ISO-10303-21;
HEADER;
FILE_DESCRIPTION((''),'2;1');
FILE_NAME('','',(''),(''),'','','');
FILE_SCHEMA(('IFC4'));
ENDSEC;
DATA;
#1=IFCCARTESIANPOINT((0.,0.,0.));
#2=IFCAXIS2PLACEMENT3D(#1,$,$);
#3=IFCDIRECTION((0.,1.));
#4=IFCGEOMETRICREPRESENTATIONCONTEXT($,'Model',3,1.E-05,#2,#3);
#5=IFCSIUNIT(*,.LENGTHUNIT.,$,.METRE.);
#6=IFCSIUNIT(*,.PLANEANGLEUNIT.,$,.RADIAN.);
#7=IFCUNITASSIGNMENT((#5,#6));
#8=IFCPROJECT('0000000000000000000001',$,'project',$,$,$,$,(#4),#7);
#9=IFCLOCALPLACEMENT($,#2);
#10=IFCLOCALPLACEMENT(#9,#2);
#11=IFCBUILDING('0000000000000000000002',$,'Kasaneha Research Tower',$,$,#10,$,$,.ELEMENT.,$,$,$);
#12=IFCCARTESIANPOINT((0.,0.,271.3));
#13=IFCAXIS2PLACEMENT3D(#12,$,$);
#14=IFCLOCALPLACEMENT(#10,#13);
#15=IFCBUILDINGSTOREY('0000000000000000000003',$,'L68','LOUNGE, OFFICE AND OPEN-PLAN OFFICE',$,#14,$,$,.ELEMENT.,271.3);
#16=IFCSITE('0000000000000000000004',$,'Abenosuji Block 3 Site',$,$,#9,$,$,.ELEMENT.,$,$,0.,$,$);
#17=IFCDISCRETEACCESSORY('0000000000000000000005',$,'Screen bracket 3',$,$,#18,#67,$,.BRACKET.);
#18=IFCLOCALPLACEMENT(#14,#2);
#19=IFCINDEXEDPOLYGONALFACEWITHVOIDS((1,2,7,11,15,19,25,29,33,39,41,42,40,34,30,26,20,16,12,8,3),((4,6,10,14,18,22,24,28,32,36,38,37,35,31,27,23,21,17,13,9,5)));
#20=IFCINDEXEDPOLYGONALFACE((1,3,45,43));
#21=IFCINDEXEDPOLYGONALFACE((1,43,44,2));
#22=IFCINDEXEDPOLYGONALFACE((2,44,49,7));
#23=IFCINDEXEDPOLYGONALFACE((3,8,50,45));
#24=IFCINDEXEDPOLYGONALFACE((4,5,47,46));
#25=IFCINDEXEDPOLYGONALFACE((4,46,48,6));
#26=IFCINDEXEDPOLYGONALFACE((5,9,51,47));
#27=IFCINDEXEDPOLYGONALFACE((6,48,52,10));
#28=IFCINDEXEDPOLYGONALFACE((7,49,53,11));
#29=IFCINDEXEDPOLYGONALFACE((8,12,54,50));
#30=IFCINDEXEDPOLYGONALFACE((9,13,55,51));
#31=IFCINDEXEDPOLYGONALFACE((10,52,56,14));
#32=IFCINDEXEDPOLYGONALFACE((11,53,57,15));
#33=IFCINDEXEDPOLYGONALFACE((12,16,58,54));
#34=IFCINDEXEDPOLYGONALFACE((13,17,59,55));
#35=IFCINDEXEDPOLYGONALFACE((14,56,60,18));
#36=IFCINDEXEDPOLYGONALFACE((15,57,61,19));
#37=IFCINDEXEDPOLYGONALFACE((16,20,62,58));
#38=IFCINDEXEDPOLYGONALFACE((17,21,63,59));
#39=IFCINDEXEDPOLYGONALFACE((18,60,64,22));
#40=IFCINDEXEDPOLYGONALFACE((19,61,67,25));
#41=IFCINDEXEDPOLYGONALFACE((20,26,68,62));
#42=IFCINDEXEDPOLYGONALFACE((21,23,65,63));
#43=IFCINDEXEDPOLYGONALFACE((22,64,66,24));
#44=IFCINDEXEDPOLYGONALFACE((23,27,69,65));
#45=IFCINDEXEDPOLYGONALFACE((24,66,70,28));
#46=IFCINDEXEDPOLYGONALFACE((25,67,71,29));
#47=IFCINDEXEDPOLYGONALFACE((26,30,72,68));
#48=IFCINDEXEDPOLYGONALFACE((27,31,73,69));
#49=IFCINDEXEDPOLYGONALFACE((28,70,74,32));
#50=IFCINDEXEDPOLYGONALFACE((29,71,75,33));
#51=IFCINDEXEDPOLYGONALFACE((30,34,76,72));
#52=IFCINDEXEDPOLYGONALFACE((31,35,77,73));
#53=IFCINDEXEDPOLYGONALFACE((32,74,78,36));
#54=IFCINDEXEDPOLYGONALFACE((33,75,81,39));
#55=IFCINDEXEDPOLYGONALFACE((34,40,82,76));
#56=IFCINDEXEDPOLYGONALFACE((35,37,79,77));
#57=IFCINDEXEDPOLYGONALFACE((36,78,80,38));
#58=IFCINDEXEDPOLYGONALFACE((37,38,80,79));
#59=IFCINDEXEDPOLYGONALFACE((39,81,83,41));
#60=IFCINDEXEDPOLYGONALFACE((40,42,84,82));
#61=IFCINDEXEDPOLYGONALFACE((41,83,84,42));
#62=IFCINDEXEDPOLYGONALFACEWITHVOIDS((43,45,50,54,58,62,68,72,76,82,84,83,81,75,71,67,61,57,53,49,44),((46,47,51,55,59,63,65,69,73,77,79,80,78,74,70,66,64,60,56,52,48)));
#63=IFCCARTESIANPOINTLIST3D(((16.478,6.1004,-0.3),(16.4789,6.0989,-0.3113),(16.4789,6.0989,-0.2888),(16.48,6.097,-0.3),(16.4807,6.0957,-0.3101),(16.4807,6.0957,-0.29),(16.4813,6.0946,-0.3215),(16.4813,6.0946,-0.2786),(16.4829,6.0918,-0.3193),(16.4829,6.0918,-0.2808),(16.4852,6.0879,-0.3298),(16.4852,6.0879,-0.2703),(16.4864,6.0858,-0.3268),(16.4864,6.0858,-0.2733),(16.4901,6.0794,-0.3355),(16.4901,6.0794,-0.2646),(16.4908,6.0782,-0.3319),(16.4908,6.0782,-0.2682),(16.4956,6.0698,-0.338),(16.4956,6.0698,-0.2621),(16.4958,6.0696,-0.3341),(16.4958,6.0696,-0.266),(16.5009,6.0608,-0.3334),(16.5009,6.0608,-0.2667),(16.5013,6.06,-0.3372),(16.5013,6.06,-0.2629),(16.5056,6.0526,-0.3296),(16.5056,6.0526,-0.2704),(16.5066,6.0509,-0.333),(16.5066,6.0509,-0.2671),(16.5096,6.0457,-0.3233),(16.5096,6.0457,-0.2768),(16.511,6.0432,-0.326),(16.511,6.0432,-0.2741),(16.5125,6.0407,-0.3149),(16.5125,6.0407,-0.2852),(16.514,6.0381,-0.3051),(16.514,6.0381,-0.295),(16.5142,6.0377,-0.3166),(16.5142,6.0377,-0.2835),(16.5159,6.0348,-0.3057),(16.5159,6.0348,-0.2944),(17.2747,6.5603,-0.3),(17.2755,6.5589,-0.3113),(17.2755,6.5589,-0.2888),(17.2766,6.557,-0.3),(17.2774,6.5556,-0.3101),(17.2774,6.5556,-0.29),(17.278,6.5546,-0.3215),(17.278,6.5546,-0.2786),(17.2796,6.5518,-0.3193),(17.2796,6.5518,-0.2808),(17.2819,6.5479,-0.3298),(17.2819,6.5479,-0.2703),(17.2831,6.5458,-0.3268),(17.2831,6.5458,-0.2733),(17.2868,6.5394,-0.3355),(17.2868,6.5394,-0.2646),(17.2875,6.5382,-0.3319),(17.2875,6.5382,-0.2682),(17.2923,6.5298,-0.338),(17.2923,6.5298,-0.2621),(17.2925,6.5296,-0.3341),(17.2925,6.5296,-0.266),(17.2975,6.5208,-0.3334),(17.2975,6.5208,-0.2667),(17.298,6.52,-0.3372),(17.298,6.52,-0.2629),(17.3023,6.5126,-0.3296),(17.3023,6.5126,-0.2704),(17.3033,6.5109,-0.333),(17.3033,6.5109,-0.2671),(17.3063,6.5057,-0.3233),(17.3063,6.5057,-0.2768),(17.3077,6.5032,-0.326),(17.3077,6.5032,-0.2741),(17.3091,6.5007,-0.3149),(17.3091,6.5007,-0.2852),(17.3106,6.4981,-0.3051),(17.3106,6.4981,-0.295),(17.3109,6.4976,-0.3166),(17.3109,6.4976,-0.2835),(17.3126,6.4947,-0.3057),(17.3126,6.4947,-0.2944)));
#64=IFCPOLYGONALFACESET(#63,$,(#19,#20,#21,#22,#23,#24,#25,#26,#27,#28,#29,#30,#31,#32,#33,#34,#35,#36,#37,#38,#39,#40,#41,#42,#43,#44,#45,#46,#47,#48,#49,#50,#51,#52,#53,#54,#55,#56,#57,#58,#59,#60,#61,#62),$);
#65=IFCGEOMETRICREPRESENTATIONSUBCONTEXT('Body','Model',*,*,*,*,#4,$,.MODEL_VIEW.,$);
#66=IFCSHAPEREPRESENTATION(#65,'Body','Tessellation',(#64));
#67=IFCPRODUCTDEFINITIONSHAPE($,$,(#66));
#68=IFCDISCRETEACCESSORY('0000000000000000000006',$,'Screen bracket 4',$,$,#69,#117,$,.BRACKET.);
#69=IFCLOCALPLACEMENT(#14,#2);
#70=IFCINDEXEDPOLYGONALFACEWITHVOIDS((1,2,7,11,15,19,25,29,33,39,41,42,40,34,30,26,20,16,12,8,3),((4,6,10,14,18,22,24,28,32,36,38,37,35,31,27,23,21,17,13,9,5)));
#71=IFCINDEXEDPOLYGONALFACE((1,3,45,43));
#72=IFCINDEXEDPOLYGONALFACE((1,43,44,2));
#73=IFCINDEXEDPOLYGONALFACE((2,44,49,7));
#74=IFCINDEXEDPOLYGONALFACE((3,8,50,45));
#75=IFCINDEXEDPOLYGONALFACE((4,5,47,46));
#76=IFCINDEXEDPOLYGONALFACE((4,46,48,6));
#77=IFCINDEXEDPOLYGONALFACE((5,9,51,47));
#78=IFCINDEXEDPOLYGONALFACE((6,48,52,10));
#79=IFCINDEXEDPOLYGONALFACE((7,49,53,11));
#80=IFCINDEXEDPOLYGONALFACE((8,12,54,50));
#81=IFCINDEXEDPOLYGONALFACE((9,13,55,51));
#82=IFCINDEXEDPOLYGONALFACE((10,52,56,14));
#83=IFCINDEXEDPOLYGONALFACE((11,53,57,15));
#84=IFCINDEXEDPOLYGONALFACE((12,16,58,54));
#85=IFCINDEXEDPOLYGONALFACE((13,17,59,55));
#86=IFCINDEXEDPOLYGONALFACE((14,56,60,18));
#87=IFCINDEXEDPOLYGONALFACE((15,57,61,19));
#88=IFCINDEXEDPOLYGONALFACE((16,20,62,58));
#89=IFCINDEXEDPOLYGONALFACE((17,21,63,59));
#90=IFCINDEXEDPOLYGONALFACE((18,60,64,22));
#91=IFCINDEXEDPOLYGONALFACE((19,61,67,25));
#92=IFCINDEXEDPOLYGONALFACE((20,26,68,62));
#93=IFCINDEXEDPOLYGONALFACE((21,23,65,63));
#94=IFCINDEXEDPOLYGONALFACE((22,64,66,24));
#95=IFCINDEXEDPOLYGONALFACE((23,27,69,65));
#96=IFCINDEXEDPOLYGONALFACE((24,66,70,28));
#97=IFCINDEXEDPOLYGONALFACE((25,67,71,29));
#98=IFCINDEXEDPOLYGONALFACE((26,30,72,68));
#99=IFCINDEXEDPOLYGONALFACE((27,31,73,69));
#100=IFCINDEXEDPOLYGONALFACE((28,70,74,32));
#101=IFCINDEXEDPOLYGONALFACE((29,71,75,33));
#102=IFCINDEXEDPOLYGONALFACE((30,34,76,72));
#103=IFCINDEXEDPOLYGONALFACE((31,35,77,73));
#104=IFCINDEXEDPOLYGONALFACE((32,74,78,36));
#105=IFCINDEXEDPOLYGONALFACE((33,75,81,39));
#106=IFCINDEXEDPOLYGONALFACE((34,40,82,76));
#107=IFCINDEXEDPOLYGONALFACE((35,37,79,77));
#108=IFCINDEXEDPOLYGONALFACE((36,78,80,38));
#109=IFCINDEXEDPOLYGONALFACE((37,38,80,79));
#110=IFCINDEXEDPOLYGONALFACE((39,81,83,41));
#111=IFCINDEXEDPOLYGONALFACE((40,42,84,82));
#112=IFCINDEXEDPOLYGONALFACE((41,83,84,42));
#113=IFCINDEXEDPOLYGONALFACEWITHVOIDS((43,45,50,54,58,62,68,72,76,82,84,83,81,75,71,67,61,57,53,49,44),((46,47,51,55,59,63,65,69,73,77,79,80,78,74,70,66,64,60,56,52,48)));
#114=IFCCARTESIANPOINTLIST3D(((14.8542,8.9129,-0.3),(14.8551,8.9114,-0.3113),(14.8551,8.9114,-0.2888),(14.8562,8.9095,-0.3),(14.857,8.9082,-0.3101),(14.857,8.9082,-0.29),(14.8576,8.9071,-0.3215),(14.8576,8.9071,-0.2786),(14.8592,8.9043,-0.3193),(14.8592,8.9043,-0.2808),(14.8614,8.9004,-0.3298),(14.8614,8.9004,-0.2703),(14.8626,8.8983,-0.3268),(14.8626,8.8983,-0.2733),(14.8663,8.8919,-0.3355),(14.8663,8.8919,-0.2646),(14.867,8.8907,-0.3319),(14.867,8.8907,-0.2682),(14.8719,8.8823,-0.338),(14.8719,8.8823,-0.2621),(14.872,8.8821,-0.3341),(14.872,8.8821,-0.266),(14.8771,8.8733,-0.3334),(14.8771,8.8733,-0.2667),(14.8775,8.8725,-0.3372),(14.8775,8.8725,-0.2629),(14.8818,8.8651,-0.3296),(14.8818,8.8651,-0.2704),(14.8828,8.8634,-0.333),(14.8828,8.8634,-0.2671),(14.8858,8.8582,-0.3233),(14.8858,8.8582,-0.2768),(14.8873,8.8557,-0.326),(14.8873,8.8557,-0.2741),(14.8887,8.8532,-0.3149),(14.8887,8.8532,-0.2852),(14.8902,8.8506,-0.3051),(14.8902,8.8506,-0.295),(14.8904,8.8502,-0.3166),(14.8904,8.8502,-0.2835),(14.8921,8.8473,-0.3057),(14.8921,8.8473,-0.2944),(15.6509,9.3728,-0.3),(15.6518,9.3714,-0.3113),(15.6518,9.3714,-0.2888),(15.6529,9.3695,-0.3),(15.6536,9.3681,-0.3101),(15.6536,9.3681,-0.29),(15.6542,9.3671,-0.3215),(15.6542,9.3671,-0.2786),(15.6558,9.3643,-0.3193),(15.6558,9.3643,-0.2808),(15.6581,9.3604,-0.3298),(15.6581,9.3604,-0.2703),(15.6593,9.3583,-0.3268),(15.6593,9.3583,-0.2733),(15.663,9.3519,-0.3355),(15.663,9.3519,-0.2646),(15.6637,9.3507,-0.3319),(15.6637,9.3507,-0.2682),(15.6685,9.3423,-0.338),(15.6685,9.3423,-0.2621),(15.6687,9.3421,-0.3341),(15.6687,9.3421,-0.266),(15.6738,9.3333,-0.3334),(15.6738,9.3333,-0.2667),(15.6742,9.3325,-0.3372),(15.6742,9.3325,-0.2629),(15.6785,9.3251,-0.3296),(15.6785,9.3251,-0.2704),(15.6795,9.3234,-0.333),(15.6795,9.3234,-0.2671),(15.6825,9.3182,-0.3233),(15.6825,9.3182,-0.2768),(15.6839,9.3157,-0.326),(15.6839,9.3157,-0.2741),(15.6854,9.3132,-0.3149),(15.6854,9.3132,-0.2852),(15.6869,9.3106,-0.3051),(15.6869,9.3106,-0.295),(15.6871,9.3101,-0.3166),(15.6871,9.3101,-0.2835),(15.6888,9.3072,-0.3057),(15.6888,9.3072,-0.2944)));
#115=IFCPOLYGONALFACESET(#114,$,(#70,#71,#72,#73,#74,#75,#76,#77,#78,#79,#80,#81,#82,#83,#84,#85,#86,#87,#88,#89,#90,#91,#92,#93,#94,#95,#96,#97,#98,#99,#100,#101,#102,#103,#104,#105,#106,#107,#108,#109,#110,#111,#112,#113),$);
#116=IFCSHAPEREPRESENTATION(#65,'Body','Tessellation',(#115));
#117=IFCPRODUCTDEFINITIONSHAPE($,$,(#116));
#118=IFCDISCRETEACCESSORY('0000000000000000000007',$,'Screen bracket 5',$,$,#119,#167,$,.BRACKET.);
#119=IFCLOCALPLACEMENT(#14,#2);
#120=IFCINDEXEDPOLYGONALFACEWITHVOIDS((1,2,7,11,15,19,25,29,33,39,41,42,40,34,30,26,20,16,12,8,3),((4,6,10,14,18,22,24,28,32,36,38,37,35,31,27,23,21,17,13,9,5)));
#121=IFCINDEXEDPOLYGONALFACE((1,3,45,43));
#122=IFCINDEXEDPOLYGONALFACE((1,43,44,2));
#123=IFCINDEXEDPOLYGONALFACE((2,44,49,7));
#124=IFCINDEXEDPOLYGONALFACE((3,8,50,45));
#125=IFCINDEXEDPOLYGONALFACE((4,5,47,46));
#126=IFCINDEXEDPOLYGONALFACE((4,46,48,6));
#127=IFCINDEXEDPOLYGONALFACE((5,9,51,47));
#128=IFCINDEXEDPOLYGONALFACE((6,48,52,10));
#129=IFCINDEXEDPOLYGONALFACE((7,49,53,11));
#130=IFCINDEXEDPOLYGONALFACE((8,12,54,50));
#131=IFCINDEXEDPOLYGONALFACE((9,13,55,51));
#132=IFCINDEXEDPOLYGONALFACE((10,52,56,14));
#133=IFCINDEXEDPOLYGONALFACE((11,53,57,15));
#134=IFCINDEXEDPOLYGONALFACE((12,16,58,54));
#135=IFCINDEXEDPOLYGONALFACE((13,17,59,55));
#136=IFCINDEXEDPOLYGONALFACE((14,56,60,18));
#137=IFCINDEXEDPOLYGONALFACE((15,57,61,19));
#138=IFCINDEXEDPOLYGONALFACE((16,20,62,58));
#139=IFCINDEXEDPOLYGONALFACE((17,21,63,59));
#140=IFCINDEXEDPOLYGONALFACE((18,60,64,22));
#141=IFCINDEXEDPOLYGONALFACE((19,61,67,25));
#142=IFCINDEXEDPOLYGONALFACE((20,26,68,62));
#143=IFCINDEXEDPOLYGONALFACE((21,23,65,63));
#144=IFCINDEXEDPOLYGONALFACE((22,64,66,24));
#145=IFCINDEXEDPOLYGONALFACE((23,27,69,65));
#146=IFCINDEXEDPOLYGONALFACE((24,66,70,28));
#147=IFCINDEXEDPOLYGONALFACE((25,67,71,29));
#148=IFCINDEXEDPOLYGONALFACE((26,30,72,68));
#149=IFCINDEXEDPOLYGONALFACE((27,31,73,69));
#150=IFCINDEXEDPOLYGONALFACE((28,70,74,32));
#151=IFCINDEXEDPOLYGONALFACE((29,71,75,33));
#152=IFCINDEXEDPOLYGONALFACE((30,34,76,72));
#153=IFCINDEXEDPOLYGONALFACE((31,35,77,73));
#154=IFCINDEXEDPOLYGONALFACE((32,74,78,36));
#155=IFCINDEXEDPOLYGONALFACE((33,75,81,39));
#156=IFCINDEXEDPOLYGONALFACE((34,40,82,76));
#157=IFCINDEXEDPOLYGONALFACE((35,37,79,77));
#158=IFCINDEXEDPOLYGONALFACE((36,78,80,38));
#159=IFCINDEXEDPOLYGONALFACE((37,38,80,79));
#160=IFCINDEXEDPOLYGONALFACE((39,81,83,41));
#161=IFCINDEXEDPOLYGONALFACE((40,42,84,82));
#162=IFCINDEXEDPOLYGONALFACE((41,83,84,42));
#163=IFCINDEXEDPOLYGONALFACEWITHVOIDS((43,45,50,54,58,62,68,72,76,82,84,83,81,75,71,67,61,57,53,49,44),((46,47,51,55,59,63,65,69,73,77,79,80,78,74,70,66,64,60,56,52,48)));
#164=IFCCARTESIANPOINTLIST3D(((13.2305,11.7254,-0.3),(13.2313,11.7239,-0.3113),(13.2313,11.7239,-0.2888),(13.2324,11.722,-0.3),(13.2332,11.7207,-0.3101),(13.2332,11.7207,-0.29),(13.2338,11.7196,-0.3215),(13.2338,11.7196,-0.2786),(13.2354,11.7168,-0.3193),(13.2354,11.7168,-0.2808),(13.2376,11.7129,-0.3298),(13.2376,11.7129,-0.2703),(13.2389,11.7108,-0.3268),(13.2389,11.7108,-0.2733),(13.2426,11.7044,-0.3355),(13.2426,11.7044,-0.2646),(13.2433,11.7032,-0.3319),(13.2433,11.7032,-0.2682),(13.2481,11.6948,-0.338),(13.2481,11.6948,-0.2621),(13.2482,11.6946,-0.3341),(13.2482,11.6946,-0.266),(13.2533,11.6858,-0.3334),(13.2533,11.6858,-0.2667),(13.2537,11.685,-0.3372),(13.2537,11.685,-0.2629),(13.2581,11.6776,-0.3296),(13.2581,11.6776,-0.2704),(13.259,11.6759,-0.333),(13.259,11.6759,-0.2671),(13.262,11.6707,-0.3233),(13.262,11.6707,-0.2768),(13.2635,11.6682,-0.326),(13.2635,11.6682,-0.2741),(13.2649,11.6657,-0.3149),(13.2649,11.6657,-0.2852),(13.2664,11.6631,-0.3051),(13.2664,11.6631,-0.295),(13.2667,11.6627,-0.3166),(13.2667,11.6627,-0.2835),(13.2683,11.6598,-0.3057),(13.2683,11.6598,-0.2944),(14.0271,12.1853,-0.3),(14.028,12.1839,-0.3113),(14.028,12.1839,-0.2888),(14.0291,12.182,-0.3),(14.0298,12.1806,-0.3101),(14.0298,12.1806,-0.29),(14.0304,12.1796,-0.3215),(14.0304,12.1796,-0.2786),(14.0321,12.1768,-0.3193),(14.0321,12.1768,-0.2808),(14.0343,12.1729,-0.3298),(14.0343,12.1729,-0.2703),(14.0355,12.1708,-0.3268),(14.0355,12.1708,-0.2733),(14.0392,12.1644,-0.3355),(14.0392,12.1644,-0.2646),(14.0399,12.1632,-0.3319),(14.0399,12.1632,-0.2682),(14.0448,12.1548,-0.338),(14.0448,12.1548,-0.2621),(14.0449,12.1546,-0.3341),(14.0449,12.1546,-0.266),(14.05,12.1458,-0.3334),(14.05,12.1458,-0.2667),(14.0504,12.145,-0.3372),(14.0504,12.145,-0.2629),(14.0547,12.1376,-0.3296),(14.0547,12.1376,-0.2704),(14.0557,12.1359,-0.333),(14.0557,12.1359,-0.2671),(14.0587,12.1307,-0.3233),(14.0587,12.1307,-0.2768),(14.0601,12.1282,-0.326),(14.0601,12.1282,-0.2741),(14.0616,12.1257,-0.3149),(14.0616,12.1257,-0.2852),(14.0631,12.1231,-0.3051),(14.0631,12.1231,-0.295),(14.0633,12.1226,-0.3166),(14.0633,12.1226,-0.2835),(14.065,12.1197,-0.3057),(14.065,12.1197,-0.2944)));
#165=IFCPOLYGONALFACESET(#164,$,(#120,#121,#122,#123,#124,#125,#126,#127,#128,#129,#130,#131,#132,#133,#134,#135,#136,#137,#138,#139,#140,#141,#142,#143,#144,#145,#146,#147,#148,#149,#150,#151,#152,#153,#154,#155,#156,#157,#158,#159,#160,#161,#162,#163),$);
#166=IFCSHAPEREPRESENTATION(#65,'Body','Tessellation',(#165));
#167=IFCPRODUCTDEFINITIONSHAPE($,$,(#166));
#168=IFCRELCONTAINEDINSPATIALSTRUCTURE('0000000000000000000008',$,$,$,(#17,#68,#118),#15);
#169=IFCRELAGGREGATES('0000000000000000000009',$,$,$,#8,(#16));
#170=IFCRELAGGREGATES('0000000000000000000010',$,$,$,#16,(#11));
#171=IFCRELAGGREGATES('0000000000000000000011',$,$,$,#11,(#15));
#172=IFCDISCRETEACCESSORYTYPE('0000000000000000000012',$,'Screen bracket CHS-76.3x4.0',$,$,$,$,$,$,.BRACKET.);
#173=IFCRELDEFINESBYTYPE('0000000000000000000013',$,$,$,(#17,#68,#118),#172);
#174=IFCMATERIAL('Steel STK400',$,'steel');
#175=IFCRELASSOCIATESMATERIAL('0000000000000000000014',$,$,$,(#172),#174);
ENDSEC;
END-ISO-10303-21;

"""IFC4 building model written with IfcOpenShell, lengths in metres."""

from ifc_helpers import new_model, si_unit, direction, frame, origin, origin_2d, place, context, subcontext, project, spatial, hollow_circle, extrude, material, material_profile, profile_set, type_object, element, save


model = new_model("IFC4")

# Units and contexts
model_context = context("Model", 3, precision=1e-05, world=origin(), true_north=direction((0.0, 1.0)))
body_context = subcontext(model_context, "Body", "Model", "MODEL_VIEW")
ifc_project = project(units=[si_unit("LENGTHUNIT", "METRE"), si_unit("PLANEANGLEUNIT", "RADIAN")], contexts=[model_context])

# Site, building, storey
site_placement = place(None, origin())
site = spatial("IfcSite", under=ifc_project, at=site_placement, Name="Abenosuji Block 3 Site", CompositionType="ELEMENT", RefElevation=0.0)
building_placement = place(site_placement, origin())
building = spatial("IfcBuilding", under=site, at=building_placement, Name="Kasaneha Research Tower", CompositionType="ELEMENT")
storey_placement = place(building_placement, frame((0.0, 0.0, 271.3)))
storey = spatial("IfcBuildingStorey", under=building, at=storey_placement, Name="L68", Description="LOUNGE, OFFICE AND OPEN-PLAN OFFICE", CompositionType="ELEMENT", Elevation=271.3)

# Discrete accessories
ifc_material_1 = material(Name="Steel STK400", Category="steel")
ifc_material_profile_1 = material_profile(ifc_material_1, hollow_circle(Radius=0.0381, WallThickness=0.0039, at=origin_2d()), Name="CHS-76.3x4.0")
ifc_profile_set_1 = profile_set([ifc_material_profile_1], Name="Steel STK400")
discrete_accessory_type = type_object("IfcDiscreteAccessoryType", Name="Screen bracket CHS-76.3x4.0", PredefinedType="BRACKET", material=ifc_profile_set_1)
for number, where, z_axis, x_axis, name in (
    (1, (16.4971, 6.0674, -0.3), (0.866013, 0.500021, 0.0), (-0.500021, 0.866013, 0.0), "Screen bracket 3"),
    (2, (14.8733, 8.8799, -0.3), (0.866013, 0.500021, 0.0), (-0.500021, 0.866013, 0.0), "Screen bracket 4"),
    (3, (13.2495, 11.6924, -0.3), (0.866013, 0.500021, 0.0), (-0.500021, 0.866013, 0.0), "Screen bracket 5"),
):
    element("IfcDiscreteAccessory", number, at=place(storey_placement, frame(where, z_axis=z_axis, x_axis=x_axis)), inside=storey, type_object=discrete_accessory_type, Name=name, PredefinedType="BRACKET", context=body_context, shape_type="SweptSolid", body=[
        extrude(hollow_circle(Radius=0.0381, WallThickness=0.0039, at=origin_2d()), origin(), (0.0, 0.0, 1.0), 0.9199),
    ])

save(model, "model.ifc")
